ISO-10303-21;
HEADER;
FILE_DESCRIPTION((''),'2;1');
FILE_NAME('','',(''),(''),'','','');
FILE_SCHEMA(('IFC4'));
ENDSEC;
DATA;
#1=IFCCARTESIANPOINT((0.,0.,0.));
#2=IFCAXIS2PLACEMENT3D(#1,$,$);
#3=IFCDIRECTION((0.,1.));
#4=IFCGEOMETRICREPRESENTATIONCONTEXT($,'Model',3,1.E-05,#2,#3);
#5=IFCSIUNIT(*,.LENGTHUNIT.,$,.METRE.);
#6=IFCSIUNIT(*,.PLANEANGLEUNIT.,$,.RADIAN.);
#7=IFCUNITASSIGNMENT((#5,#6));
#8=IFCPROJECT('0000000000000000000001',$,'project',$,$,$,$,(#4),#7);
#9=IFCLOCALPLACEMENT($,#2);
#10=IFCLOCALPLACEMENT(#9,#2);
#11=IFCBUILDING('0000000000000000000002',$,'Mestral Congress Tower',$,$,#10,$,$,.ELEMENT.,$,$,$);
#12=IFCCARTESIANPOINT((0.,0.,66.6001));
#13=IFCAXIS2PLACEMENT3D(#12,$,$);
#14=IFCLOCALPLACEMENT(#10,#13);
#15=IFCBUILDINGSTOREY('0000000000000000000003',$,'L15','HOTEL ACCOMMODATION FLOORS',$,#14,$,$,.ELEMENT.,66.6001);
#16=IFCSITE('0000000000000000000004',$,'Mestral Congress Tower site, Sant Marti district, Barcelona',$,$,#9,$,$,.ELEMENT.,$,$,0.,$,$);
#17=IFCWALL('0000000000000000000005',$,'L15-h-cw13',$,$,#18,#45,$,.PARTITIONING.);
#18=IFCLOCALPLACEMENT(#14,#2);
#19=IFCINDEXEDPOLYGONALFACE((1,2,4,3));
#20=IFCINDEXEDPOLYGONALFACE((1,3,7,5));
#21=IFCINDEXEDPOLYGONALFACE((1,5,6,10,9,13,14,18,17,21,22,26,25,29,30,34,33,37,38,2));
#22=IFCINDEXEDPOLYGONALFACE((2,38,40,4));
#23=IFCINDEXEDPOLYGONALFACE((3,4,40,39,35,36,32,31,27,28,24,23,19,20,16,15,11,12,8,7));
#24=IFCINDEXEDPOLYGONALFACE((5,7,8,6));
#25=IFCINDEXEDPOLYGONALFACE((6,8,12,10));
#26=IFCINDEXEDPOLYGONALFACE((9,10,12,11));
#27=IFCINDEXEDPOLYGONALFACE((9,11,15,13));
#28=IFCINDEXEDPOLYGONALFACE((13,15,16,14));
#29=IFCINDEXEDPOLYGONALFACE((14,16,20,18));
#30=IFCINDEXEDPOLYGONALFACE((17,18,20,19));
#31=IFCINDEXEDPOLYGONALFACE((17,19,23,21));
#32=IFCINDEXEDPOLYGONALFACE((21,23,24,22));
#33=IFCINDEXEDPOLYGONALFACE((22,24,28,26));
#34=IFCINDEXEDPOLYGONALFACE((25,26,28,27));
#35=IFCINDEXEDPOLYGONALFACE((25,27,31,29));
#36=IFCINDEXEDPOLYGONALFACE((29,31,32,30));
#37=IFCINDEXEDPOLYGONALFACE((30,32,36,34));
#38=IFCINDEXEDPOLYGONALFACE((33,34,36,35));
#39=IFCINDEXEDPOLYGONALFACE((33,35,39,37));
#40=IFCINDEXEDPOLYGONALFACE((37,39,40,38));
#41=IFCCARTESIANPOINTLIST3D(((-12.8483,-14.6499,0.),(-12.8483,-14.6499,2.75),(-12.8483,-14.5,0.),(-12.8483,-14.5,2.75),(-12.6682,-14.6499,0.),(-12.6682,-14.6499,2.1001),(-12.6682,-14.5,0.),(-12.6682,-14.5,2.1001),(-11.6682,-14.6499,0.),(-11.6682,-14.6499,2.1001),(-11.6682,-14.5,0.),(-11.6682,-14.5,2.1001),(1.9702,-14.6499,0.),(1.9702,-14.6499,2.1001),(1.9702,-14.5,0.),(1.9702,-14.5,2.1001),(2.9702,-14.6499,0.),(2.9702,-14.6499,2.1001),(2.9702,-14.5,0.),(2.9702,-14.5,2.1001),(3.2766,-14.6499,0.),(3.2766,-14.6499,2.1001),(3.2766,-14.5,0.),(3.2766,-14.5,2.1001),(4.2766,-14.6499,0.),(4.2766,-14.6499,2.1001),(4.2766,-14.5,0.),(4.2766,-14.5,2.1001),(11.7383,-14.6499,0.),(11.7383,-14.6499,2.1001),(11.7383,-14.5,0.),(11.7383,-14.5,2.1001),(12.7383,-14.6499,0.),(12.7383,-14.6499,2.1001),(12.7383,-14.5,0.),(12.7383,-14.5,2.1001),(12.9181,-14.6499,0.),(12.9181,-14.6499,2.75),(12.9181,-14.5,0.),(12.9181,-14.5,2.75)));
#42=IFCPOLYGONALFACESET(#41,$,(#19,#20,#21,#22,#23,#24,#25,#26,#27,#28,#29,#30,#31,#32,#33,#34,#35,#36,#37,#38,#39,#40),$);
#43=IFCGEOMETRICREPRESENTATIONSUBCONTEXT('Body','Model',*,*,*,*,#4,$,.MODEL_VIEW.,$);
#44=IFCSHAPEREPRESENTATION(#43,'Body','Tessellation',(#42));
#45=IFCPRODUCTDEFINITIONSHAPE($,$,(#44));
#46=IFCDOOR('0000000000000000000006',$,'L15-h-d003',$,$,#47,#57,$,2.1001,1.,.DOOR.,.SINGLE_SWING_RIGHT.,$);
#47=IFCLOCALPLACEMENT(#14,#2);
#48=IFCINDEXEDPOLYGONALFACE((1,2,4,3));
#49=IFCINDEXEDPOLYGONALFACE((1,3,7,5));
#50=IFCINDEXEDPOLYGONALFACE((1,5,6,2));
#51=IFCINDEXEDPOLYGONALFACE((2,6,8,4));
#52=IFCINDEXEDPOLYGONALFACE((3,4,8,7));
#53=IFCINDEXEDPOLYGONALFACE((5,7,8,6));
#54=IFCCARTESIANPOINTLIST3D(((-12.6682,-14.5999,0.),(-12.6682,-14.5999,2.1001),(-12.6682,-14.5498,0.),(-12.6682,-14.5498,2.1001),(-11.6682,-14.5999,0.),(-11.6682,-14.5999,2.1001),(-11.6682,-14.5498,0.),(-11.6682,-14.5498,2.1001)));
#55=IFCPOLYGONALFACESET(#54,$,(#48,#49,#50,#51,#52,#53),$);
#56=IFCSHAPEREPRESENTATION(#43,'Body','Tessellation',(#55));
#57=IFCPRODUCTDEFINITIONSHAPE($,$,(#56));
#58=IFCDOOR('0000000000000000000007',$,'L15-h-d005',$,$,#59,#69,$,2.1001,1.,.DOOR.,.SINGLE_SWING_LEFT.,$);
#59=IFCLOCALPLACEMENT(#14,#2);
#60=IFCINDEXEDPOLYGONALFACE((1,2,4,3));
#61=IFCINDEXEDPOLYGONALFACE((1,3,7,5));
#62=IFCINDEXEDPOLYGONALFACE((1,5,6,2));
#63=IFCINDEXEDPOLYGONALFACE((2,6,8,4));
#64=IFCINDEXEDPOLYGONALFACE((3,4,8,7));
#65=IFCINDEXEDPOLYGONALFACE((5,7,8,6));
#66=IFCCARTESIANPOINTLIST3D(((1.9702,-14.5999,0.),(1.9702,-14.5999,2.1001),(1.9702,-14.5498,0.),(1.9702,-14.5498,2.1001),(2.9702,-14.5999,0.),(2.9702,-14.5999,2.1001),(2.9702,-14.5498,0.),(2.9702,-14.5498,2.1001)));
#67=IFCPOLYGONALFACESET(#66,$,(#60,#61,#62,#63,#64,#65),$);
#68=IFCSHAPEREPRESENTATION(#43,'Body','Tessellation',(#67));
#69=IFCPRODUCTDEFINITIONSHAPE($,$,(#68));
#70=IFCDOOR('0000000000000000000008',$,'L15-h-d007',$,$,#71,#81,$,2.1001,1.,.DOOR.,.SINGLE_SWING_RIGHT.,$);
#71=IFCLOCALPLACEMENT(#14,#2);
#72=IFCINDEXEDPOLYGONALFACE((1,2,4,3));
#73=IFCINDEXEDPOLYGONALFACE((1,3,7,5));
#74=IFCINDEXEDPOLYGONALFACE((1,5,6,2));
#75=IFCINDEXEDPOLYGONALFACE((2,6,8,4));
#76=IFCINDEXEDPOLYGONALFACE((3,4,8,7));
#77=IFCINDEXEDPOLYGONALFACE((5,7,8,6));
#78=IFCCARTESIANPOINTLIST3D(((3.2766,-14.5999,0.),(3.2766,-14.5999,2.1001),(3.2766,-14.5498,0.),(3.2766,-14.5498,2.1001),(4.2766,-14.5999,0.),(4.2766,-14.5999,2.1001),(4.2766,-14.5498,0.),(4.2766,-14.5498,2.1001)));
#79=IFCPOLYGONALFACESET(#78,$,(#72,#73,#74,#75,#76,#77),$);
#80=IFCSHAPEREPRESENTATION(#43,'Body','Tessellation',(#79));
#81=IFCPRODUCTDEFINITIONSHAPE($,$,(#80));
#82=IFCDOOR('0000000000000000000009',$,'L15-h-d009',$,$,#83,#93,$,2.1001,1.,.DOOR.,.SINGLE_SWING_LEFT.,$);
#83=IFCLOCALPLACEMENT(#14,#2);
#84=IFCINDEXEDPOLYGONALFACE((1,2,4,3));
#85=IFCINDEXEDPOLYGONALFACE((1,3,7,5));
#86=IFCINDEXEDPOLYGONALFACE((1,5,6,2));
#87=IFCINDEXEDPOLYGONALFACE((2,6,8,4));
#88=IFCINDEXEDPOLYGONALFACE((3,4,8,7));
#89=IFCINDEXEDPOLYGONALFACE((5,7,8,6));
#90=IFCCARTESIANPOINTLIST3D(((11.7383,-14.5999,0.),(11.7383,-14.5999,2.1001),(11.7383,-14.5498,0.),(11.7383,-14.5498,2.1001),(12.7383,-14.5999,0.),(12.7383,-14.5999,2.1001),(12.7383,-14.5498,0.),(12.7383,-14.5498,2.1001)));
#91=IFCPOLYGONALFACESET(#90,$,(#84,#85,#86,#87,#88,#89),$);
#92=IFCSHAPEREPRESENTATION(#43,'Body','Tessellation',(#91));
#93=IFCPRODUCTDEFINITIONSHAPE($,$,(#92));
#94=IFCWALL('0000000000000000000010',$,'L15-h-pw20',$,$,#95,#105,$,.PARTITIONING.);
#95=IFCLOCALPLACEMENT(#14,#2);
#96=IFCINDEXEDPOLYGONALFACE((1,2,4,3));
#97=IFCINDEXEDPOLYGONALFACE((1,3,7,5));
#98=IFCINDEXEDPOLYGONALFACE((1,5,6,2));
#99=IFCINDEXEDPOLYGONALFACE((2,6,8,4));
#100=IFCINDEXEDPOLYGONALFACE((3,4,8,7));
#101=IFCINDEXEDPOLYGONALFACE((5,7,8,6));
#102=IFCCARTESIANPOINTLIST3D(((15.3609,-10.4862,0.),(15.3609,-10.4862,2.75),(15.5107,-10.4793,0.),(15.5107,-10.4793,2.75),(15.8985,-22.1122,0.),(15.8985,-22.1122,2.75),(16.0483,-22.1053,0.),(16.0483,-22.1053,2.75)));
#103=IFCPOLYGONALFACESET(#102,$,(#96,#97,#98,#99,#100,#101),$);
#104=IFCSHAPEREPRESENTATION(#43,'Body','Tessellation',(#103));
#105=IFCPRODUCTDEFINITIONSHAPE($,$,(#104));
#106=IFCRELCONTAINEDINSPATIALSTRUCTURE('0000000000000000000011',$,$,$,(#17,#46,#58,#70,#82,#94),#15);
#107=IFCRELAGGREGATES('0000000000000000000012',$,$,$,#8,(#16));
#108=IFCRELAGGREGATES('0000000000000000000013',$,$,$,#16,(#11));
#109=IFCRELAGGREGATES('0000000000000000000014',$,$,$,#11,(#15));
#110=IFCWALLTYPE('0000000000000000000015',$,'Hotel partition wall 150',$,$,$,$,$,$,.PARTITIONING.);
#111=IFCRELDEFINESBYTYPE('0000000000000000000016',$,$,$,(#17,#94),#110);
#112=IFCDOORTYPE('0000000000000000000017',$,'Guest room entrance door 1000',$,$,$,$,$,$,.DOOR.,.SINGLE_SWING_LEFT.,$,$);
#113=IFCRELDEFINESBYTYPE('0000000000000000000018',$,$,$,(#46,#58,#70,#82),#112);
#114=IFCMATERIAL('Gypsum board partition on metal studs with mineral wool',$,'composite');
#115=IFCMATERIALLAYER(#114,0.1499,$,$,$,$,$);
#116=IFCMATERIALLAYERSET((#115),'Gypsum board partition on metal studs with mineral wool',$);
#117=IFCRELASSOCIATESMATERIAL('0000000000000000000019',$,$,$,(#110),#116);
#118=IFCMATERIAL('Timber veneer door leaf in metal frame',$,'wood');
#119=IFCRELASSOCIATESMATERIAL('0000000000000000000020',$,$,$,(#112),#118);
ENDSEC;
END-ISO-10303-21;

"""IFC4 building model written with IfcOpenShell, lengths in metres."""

from ifc_helpers import new_model, si_unit, direction, frame, frame_2d, origin, place, context, subcontext, project, spatial, rectangle, extrude, material, layer, layer_set, type_object, element, fill, save


model = new_model("IFC4")

# Units and contexts
model_context = context("Model", 3, precision=1e-05, world=origin(), true_north=direction((0.0, 1.0)))
body_context = subcontext(model_context, "Body", "Model", "MODEL_VIEW")
ifc_project = project(units=[si_unit("LENGTHUNIT", "METRE"), si_unit("PLANEANGLEUNIT", "RADIAN")], contexts=[model_context])

# Site, building, storey
site_placement = place(None, origin())
site = spatial("IfcSite", under=ifc_project, at=site_placement, Name="Mestral Congress Tower site, Sant Marti district, Barcelona", CompositionType="ELEMENT", RefElevation=0.0)
building_placement = place(site_placement, origin())
building = spatial("IfcBuilding", under=site, at=building_placement, Name="Mestral Congress Tower", CompositionType="ELEMENT")
storey_placement = place(building_placement, frame((0.0, 0.0, 66.6001)))
storey = spatial("IfcBuildingStorey", under=building, at=storey_placement, Name="L15", Description="HOTEL ACCOMMODATION FLOORS", CompositionType="ELEMENT", Elevation=66.6001)

# Shared definitions
ifc_material_1 = material(Name="Gypsum board partition on metal studs with mineral wool", Category="composite")

# Wall, openings, doors
ifc_layer_1 = layer(ifc_material_1, 0.1499)
ifc_layer_set_1 = layer_set([ifc_layer_1], Name="Gypsum board partition on metal studs with mineral wool")
wall_type_1 = type_object("IfcWallType", Name="Hotel partition wall 150", PredefinedType="PARTITIONING", material=ifc_layer_set_1)
wall_1_placement = place(storey_placement, frame((12.9182, -14.575, 0.0), z_axis=(0.0, 0.0, 1.0), x_axis=(-1.0, 0.0, 0.0)))
wall_1 = element("IfcWall", 1, at=wall_1_placement, inside=storey, type_object=wall_type_1, Name="L15-h-cw13", PredefinedType="PARTITIONING", context=body_context, shape_type="SweptSolid", body=[
    extrude(rectangle(XDim=25.7664, YDim=0.1499, at=frame_2d((12.8833, 0.0))), origin(), (0.0, 0.0, 1.0), 2.75),
])
opening_1_placement = place(wall_1_placement, frame((24.5864, 0.0, 0.0)))
opening_1 = element("IfcOpeningElement", 2, at=opening_1_placement, cuts=wall_1, PredefinedType="OPENING", context=body_context, shape_type="SweptSolid", body=[
    extrude(rectangle(XDim=1.0, YDim=2.1001, at=frame_2d((0.5, 1.05))), frame((0.0, 0.085, 0.0), z_axis=(0.0, -1.0, 0.0), x_axis=(1.0, 0.0, 0.0)), (0.0, 0.0, 1.0), 0.1699),
])
opening_2_placement = place(wall_1_placement, frame((9.948, 0.0, 0.0)))
opening_2 = element("IfcOpeningElement", 3, at=opening_2_placement, cuts=wall_1, PredefinedType="OPENING", context=body_context, shape_type="SweptSolid", body=[
    extrude(rectangle(XDim=1.0, YDim=2.1001, at=frame_2d((0.5, 1.05))), frame((0.0, 0.085, 0.0), z_axis=(0.0, -1.0, 0.0), x_axis=(1.0, 0.0, 0.0)), (0.0, 0.0, 1.0), 0.1699),
])
opening_3_placement = place(wall_1_placement, frame((8.6416, 0.0, 0.0)))
opening_3 = element("IfcOpeningElement", 4, at=opening_3_placement, cuts=wall_1, PredefinedType="OPENING", context=body_context, shape_type="SweptSolid", body=[
    extrude(rectangle(XDim=1.0, YDim=2.1001, at=frame_2d((0.5, 1.05))), frame((0.0, 0.085, 0.0), z_axis=(0.0, -1.0, 0.0), x_axis=(1.0, 0.0, 0.0)), (0.0, 0.0, 1.0), 0.1699),
])
opening_4_placement = place(wall_1_placement, frame((0.1799, 0.0, 0.0)))
opening_4 = element("IfcOpeningElement", 5, at=opening_4_placement, cuts=wall_1, PredefinedType="OPENING", context=body_context, shape_type="SweptSolid", body=[
    extrude(rectangle(XDim=1.0, YDim=2.1001, at=frame_2d((0.5, 1.05))), frame((0.0, 0.085, 0.0), z_axis=(0.0, -1.0, 0.0), x_axis=(1.0, 0.0, 0.0)), (0.0, 0.0, 1.0), 0.1699),
])
ifc_material_2 = material(Name="Timber veneer door leaf in metal frame", Category="wood")
door_type_1 = type_object("IfcDoorType", Name="Guest room entrance door 1000", OperationType="SINGLE_SWING_LEFT", PredefinedType="DOOR", material=ifc_material_2)
door_1_placement = place(opening_1_placement, origin())
door_1 = element("IfcDoor", 6, at=door_1_placement, inside=storey, type_object=door_type_1, Name="L15-h-d003", OperationType="SINGLE_SWING_RIGHT", OverallHeight=2.1001, OverallWidth=1.0, PredefinedType="DOOR", context=body_context, shape_type="SweptSolid", body=[
    extrude(rectangle(XDim=1.0, YDim=2.1001, at=frame_2d((0.5, 1.05))), frame((0.0, 0.0249, 0.0), z_axis=(0.0, -1.0, 0.0), x_axis=(1.0, 0.0, 0.0)), (0.0, 0.0, 1.0), 0.05),
])
fill(opening_1, door_1)
door_2_placement = place(opening_2_placement, origin())
door_2 = element("IfcDoor", 7, at=door_2_placement, inside=storey, type_object=door_type_1, Name="L15-h-d005", OperationType="SINGLE_SWING_LEFT", OverallHeight=2.1001, OverallWidth=1.0, PredefinedType="DOOR", context=body_context, shape_type="SweptSolid", body=[
    extrude(rectangle(XDim=1.0, YDim=2.1001, at=frame_2d((0.5, 1.05))), frame((0.0, 0.0249, 0.0), z_axis=(0.0, -1.0, 0.0), x_axis=(1.0, 0.0, 0.0)), (0.0, 0.0, 1.0), 0.05),
])
fill(opening_2, door_2)
door_3_placement = place(opening_3_placement, origin())
door_3 = element("IfcDoor", 8, at=door_3_placement, inside=storey, type_object=door_type_1, Name="L15-h-d007", OperationType="SINGLE_SWING_RIGHT", OverallHeight=2.1001, OverallWidth=1.0, PredefinedType="DOOR", context=body_context, shape_type="SweptSolid", body=[
    extrude(rectangle(XDim=1.0, YDim=2.1001, at=frame_2d((0.5, 1.05))), frame((0.0, 0.0249, 0.0), z_axis=(0.0, -1.0, 0.0), x_axis=(1.0, 0.0, 0.0)), (0.0, 0.0, 1.0), 0.05),
])
fill(opening_3, door_3)
door_4_placement = place(opening_4_placement, origin())
door_4 = element("IfcDoor", 9, at=door_4_placement, inside=storey, type_object=door_type_1, Name="L15-h-d009", OperationType="SINGLE_SWING_LEFT", OverallHeight=2.1001, OverallWidth=1.0, PredefinedType="DOOR", context=body_context, shape_type="SweptSolid", body=[
    extrude(rectangle(XDim=1.0, YDim=2.1001, at=frame_2d((0.5, 1.05))), frame((0.0, 0.0249, 0.0), z_axis=(0.0, -1.0, 0.0), x_axis=(1.0, 0.0, 0.0)), (0.0, 0.0, 1.0), 0.05),
])
fill(opening_4, door_4)

# Wall
wall_2_placement = place(storey_placement, frame((15.9734, -22.1089, 0.0), z_axis=(0.0, 0.0, 1.0), x_axis=(-0.046192, 0.998933, 0.0)))
element("IfcWall", 10, at=wall_2_placement, inside=storey, type_object=wall_type_1, Name="L15-h-pw20", PredefinedType="PARTITIONING", context=body_context, shape_type="SweptSolid", body=[
    extrude(rectangle(XDim=11.6384, YDim=0.1499, at=frame_2d((5.8193, 0.0))), origin(), (0.0, 0.0, 1.0), 2.75),
])

save(model, "model.ifc")
